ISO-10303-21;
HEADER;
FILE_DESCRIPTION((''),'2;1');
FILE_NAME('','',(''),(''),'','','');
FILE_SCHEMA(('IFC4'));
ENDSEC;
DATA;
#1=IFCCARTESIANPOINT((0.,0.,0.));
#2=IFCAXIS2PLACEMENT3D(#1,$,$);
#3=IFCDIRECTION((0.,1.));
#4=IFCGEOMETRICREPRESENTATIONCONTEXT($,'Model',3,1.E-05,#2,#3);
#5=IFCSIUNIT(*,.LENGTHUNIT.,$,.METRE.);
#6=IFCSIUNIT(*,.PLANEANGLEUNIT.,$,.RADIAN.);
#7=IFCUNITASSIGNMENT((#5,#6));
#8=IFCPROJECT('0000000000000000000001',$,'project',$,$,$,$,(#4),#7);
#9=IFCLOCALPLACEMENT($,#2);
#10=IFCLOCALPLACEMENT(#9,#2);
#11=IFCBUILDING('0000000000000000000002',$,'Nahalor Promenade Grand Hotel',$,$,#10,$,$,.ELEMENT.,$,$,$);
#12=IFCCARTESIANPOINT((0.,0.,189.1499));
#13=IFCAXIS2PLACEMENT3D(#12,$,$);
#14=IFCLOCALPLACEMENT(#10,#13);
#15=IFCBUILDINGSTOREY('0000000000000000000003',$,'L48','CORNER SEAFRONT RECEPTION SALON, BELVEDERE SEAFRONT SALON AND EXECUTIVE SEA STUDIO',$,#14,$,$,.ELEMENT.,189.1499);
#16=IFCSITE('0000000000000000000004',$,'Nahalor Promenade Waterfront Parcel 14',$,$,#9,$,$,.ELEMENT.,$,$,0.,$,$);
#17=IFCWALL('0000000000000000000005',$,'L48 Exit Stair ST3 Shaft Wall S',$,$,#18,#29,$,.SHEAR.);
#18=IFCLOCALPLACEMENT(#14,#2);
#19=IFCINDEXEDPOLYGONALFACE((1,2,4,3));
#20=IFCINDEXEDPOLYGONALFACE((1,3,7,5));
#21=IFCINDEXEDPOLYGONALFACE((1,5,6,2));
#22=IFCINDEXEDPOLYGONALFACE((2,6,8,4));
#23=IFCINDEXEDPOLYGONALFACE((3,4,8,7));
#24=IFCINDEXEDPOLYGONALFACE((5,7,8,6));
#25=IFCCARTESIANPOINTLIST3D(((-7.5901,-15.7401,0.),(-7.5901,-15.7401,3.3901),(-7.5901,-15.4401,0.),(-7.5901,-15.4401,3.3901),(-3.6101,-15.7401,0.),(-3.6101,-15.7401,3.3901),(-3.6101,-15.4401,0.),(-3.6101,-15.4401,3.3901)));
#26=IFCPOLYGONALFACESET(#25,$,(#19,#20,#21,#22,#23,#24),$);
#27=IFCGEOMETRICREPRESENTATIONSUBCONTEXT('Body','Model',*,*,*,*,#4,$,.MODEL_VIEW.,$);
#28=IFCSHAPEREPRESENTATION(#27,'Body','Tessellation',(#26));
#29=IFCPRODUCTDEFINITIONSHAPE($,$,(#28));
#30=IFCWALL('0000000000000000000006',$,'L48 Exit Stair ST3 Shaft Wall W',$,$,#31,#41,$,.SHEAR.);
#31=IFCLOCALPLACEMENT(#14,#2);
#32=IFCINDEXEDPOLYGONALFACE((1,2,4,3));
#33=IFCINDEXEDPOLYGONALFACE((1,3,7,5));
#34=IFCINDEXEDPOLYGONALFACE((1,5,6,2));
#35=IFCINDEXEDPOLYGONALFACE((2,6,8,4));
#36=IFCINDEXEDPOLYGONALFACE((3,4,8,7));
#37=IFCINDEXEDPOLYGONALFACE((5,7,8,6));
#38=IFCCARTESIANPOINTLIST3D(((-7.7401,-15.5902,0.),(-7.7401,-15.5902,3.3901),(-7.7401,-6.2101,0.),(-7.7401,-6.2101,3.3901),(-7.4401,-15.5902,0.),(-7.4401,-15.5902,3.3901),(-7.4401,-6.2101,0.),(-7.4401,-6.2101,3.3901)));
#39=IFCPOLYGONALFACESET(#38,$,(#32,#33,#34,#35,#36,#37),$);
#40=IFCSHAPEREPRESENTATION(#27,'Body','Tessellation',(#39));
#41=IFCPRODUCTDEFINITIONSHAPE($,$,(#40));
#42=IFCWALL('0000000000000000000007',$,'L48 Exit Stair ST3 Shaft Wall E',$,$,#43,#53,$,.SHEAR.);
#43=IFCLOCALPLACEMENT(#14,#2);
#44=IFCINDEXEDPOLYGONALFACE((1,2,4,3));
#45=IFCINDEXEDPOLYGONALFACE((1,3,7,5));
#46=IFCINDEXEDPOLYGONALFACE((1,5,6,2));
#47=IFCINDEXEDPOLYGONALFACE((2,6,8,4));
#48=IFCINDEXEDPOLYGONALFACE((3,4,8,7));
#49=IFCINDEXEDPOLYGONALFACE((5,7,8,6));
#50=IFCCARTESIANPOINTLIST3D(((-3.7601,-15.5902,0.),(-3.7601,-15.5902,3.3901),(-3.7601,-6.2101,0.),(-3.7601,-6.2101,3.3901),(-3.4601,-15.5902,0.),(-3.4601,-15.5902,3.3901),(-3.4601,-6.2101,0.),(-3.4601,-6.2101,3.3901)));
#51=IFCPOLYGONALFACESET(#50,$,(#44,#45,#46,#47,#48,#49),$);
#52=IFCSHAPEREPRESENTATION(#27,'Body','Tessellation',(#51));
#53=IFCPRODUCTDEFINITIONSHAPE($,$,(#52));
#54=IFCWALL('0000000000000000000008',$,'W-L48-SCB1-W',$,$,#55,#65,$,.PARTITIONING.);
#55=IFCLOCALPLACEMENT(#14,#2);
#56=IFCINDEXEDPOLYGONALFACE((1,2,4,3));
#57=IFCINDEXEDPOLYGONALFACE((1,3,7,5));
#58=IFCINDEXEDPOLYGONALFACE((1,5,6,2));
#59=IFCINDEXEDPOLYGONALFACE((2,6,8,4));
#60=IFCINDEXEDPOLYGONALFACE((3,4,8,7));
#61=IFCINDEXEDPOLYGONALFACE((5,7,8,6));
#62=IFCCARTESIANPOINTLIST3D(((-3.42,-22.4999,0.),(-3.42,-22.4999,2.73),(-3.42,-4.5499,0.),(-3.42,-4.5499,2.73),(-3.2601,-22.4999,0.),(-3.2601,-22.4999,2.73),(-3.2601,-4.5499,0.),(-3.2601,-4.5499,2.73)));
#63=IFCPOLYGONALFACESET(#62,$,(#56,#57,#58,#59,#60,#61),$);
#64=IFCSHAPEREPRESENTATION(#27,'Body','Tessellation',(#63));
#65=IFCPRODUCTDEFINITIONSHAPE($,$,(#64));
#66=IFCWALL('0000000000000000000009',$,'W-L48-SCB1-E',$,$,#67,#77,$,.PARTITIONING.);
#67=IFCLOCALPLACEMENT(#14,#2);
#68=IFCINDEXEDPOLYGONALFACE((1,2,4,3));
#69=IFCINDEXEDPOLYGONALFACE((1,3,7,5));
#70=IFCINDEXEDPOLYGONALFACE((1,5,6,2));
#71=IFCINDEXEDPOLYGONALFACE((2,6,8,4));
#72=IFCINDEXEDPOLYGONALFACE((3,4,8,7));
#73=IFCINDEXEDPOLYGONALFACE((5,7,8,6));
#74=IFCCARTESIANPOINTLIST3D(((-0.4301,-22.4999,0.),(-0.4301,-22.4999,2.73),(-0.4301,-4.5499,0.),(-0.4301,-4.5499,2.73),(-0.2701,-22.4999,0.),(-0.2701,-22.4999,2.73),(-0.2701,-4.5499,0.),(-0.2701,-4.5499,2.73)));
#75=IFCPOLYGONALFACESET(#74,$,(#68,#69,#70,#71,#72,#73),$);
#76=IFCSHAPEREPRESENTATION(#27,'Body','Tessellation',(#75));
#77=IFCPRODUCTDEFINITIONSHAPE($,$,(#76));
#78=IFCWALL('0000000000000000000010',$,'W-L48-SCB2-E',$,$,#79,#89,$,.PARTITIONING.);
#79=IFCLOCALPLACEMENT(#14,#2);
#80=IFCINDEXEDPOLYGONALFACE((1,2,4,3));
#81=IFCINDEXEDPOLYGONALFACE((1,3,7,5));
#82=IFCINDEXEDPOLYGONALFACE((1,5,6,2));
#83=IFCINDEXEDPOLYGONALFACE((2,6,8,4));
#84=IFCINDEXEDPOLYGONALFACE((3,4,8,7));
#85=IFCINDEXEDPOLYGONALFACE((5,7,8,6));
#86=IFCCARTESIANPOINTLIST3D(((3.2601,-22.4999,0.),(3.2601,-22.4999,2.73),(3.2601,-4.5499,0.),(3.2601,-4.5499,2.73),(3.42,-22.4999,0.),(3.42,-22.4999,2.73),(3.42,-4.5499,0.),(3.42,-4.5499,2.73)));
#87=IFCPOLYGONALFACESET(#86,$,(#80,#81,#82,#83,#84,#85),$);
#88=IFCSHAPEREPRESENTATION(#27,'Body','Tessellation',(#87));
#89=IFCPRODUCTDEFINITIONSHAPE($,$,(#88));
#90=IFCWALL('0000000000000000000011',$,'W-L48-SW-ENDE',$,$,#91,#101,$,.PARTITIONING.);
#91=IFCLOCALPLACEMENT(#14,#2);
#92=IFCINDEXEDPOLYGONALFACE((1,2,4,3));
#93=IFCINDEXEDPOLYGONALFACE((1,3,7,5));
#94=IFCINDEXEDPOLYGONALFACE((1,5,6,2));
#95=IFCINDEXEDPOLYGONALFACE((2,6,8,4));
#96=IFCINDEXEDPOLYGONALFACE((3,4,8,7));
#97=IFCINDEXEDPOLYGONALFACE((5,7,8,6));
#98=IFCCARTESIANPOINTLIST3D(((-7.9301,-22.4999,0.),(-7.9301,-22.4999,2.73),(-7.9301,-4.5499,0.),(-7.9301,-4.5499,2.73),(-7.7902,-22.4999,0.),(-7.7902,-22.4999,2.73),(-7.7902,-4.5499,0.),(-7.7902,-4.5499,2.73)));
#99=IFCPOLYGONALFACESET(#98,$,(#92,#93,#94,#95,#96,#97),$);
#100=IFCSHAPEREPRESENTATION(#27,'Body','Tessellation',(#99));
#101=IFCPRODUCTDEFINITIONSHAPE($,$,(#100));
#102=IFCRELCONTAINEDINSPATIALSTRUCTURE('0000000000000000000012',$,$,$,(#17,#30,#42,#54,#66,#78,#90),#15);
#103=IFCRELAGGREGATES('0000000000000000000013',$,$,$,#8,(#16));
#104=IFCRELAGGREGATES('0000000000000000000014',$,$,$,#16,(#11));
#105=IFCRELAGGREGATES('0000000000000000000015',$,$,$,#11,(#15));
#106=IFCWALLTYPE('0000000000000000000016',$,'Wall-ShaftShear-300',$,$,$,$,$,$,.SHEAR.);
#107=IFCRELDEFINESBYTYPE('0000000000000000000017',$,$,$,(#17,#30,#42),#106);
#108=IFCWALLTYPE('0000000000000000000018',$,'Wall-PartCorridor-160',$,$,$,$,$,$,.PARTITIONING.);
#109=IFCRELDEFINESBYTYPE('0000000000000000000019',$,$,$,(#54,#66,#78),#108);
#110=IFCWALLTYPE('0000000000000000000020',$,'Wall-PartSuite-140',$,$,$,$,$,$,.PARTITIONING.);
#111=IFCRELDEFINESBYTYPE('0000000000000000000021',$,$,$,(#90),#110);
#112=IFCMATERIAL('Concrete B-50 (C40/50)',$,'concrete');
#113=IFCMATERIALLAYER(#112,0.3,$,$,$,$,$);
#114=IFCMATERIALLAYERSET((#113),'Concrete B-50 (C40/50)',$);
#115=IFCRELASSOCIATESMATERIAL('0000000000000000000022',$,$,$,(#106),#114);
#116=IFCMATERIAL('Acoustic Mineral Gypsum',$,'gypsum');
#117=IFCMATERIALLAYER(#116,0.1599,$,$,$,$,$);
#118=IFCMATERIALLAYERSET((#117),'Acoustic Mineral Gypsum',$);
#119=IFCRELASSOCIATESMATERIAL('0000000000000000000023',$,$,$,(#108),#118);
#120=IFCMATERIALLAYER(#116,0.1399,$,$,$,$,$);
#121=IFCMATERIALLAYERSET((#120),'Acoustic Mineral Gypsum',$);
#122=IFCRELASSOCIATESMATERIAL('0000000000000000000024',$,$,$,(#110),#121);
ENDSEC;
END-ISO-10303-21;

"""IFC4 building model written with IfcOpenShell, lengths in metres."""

from ifc_helpers import new_model, si_unit, direction, frame, frame_2d, origin, place, context, subcontext, project, spatial, rectangle, extrude, source, transform, mapped, material, layer, layer_set, type_object, element, save


model = new_model("IFC4")

# Units and contexts
model_context = context("Model", 3, precision=1e-05, world=origin(), true_north=direction((0.0, 1.0)))
body_context = subcontext(model_context, "Body", "Model", "MODEL_VIEW")
ifc_project = project(units=[si_unit("LENGTHUNIT", "METRE"), si_unit("PLANEANGLEUNIT", "RADIAN")], contexts=[model_context])

# Site, building, storey
site_placement = place(None, origin())
site = spatial("IfcSite", under=ifc_project, at=site_placement, Name="Nahalor Promenade Waterfront Parcel 14", CompositionType="ELEMENT", RefElevation=0.0)
building_placement = place(site_placement, origin())
building = spatial("IfcBuilding", under=site, at=building_placement, Name="Nahalor Promenade Grand Hotel", CompositionType="ELEMENT")
storey_placement = place(building_placement, frame((0.0, 0.0, 189.1499)))
storey = spatial("IfcBuildingStorey", under=building, at=storey_placement, Name="L48", Description="CORNER SEAFRONT RECEPTION SALON, BELVEDERE SEAFRONT SALON AND EXECUTIVE SEA STUDIO", CompositionType="ELEMENT", Elevation=189.1499)

# Walls
ifc_material_1 = material(Name="Concrete B-50 (C40/50)", Category="concrete")
ifc_layer_1 = layer(ifc_material_1, 0.3)
ifc_layer_set_1 = layer_set([ifc_layer_1], Name="Concrete B-50 (C40/50)")
wall_type_1 = type_object("IfcWallType", Name="Wall-ShaftShear-300", PredefinedType="SHEAR", material=ifc_layer_set_1)
shared_shape_1 = source(origin(), body_context, "Body", "SweptSolid", [
    extrude(rectangle(XDim=3.98, YDim=0.3, at=frame_2d((1.99, 0.0))), origin(), (0.0, 0.0, 1.0), 3.3901),
])
for number, where, z_axis, x_axis, name in (
    (1, (-7.5901, -15.5901, 0.0), (0.0, 0.0, 1.0), (1.0, 0.0, 0.0), "L48 Exit Stair ST3 Shaft Wall S"),
):
    element("IfcWall", number, at=place(storey_placement, frame(where, z_axis=z_axis, x_axis=x_axis)), inside=storey, type_object=wall_type_1, Name=name, PredefinedType="SHEAR", context=body_context, shape_type="MappedRepresentation", body=[
        mapped(shared_shape_1, transform((0.0, 0.0, 0.0), scale=1.0)),
    ])
shared_shape_2 = source(origin(), body_context, "Body", "SweptSolid", [
    extrude(rectangle(XDim=9.3801, YDim=0.3, at=frame_2d((4.6899, 0.0))), origin(), (0.0, 0.0, 1.0), 3.3901),
])
for number, where, z_axis, x_axis, name in (
    (2, (-7.5901, -15.5901, 0.0), (0.0, 0.0, 1.0), (0.0, 1.0, 0.0), "L48 Exit Stair ST3 Shaft Wall W"),
    (3, (-3.6101, -15.5901, 0.0), (0.0, 0.0, 1.0), (0.0, 1.0, 0.0), "L48 Exit Stair ST3 Shaft Wall E"),
):
    element("IfcWall", number, at=place(storey_placement, frame(where, z_axis=z_axis, x_axis=x_axis)), inside=storey, type_object=wall_type_1, Name=name, PredefinedType="SHEAR", context=body_context, shape_type="MappedRepresentation", body=[
        mapped(shared_shape_2, transform((0.0, 0.0, 0.0), scale=1.0)),
    ])
ifc_material_2 = material(Name="Acoustic Mineral Gypsum", Category="gypsum")
ifc_layer_2 = layer(ifc_material_2, 0.1599)
ifc_layer_set_2 = layer_set([ifc_layer_2], Name="Acoustic Mineral Gypsum")
wall_type_2 = type_object("IfcWallType", Name="Wall-PartCorridor-160", PredefinedType="PARTITIONING", material=ifc_layer_set_2)
shared_shape_3 = source(origin(), body_context, "Body", "SweptSolid", [
    extrude(rectangle(XDim=17.95, YDim=0.1599, at=frame_2d((8.9751, 0.0))), origin(), (0.0, 0.0, 1.0), 2.73),
])
for number, where, z_axis, x_axis, name in (
    (4, (-3.3401, -22.5, 0.0), (0.0, 0.0, 1.0), (0.0, 1.0, 0.0), "W-L48-SCB1-W"),
    (5, (-0.3501, -22.5, 0.0), (0.0, 0.0, 1.0), (0.0, 1.0, 0.0), "W-L48-SCB1-E"),
    (6, (3.3401, -22.5, 0.0), (0.0, 0.0, 1.0), (0.0, 1.0, 0.0), "W-L48-SCB2-E"),
):
    element("IfcWall", number, at=place(storey_placement, frame(where, z_axis=z_axis, x_axis=x_axis)), inside=storey, type_object=wall_type_2, Name=name, PredefinedType="PARTITIONING", context=body_context, shape_type="MappedRepresentation", body=[
        mapped(shared_shape_3, transform((0.0, 0.0, 0.0), scale=1.0)),
    ])
ifc_layer_3 = layer(ifc_material_2, 0.1399)
ifc_layer_set_3 = layer_set([ifc_layer_3], Name="Acoustic Mineral Gypsum")
wall_type_3 = type_object("IfcWallType", Name="Wall-PartSuite-140", PredefinedType="PARTITIONING", material=ifc_layer_set_3)
shared_shape_4 = source(origin(), body_context, "Body", "SweptSolid", [
    extrude(rectangle(XDim=17.95, YDim=0.1399, at=frame_2d((8.9751, 0.0))), origin(), (0.0, 0.0, 1.0), 2.73),
])
wall_placement = place(storey_placement, frame((-7.8601, -22.5, 0.0), z_axis=(0.0, 0.0, 1.0), x_axis=(0.0, 1.0, 0.0)))
element("IfcWall", 7, at=wall_placement, inside=storey, type_object=wall_type_3, Name="W-L48-SW-ENDE", PredefinedType="PARTITIONING", context=body_context, shape_type="MappedRepresentation", body=[
    mapped(shared_shape_4, transform((0.0, 0.0, 0.0), scale=1.0)),
])

save(model, "model.ifc")
